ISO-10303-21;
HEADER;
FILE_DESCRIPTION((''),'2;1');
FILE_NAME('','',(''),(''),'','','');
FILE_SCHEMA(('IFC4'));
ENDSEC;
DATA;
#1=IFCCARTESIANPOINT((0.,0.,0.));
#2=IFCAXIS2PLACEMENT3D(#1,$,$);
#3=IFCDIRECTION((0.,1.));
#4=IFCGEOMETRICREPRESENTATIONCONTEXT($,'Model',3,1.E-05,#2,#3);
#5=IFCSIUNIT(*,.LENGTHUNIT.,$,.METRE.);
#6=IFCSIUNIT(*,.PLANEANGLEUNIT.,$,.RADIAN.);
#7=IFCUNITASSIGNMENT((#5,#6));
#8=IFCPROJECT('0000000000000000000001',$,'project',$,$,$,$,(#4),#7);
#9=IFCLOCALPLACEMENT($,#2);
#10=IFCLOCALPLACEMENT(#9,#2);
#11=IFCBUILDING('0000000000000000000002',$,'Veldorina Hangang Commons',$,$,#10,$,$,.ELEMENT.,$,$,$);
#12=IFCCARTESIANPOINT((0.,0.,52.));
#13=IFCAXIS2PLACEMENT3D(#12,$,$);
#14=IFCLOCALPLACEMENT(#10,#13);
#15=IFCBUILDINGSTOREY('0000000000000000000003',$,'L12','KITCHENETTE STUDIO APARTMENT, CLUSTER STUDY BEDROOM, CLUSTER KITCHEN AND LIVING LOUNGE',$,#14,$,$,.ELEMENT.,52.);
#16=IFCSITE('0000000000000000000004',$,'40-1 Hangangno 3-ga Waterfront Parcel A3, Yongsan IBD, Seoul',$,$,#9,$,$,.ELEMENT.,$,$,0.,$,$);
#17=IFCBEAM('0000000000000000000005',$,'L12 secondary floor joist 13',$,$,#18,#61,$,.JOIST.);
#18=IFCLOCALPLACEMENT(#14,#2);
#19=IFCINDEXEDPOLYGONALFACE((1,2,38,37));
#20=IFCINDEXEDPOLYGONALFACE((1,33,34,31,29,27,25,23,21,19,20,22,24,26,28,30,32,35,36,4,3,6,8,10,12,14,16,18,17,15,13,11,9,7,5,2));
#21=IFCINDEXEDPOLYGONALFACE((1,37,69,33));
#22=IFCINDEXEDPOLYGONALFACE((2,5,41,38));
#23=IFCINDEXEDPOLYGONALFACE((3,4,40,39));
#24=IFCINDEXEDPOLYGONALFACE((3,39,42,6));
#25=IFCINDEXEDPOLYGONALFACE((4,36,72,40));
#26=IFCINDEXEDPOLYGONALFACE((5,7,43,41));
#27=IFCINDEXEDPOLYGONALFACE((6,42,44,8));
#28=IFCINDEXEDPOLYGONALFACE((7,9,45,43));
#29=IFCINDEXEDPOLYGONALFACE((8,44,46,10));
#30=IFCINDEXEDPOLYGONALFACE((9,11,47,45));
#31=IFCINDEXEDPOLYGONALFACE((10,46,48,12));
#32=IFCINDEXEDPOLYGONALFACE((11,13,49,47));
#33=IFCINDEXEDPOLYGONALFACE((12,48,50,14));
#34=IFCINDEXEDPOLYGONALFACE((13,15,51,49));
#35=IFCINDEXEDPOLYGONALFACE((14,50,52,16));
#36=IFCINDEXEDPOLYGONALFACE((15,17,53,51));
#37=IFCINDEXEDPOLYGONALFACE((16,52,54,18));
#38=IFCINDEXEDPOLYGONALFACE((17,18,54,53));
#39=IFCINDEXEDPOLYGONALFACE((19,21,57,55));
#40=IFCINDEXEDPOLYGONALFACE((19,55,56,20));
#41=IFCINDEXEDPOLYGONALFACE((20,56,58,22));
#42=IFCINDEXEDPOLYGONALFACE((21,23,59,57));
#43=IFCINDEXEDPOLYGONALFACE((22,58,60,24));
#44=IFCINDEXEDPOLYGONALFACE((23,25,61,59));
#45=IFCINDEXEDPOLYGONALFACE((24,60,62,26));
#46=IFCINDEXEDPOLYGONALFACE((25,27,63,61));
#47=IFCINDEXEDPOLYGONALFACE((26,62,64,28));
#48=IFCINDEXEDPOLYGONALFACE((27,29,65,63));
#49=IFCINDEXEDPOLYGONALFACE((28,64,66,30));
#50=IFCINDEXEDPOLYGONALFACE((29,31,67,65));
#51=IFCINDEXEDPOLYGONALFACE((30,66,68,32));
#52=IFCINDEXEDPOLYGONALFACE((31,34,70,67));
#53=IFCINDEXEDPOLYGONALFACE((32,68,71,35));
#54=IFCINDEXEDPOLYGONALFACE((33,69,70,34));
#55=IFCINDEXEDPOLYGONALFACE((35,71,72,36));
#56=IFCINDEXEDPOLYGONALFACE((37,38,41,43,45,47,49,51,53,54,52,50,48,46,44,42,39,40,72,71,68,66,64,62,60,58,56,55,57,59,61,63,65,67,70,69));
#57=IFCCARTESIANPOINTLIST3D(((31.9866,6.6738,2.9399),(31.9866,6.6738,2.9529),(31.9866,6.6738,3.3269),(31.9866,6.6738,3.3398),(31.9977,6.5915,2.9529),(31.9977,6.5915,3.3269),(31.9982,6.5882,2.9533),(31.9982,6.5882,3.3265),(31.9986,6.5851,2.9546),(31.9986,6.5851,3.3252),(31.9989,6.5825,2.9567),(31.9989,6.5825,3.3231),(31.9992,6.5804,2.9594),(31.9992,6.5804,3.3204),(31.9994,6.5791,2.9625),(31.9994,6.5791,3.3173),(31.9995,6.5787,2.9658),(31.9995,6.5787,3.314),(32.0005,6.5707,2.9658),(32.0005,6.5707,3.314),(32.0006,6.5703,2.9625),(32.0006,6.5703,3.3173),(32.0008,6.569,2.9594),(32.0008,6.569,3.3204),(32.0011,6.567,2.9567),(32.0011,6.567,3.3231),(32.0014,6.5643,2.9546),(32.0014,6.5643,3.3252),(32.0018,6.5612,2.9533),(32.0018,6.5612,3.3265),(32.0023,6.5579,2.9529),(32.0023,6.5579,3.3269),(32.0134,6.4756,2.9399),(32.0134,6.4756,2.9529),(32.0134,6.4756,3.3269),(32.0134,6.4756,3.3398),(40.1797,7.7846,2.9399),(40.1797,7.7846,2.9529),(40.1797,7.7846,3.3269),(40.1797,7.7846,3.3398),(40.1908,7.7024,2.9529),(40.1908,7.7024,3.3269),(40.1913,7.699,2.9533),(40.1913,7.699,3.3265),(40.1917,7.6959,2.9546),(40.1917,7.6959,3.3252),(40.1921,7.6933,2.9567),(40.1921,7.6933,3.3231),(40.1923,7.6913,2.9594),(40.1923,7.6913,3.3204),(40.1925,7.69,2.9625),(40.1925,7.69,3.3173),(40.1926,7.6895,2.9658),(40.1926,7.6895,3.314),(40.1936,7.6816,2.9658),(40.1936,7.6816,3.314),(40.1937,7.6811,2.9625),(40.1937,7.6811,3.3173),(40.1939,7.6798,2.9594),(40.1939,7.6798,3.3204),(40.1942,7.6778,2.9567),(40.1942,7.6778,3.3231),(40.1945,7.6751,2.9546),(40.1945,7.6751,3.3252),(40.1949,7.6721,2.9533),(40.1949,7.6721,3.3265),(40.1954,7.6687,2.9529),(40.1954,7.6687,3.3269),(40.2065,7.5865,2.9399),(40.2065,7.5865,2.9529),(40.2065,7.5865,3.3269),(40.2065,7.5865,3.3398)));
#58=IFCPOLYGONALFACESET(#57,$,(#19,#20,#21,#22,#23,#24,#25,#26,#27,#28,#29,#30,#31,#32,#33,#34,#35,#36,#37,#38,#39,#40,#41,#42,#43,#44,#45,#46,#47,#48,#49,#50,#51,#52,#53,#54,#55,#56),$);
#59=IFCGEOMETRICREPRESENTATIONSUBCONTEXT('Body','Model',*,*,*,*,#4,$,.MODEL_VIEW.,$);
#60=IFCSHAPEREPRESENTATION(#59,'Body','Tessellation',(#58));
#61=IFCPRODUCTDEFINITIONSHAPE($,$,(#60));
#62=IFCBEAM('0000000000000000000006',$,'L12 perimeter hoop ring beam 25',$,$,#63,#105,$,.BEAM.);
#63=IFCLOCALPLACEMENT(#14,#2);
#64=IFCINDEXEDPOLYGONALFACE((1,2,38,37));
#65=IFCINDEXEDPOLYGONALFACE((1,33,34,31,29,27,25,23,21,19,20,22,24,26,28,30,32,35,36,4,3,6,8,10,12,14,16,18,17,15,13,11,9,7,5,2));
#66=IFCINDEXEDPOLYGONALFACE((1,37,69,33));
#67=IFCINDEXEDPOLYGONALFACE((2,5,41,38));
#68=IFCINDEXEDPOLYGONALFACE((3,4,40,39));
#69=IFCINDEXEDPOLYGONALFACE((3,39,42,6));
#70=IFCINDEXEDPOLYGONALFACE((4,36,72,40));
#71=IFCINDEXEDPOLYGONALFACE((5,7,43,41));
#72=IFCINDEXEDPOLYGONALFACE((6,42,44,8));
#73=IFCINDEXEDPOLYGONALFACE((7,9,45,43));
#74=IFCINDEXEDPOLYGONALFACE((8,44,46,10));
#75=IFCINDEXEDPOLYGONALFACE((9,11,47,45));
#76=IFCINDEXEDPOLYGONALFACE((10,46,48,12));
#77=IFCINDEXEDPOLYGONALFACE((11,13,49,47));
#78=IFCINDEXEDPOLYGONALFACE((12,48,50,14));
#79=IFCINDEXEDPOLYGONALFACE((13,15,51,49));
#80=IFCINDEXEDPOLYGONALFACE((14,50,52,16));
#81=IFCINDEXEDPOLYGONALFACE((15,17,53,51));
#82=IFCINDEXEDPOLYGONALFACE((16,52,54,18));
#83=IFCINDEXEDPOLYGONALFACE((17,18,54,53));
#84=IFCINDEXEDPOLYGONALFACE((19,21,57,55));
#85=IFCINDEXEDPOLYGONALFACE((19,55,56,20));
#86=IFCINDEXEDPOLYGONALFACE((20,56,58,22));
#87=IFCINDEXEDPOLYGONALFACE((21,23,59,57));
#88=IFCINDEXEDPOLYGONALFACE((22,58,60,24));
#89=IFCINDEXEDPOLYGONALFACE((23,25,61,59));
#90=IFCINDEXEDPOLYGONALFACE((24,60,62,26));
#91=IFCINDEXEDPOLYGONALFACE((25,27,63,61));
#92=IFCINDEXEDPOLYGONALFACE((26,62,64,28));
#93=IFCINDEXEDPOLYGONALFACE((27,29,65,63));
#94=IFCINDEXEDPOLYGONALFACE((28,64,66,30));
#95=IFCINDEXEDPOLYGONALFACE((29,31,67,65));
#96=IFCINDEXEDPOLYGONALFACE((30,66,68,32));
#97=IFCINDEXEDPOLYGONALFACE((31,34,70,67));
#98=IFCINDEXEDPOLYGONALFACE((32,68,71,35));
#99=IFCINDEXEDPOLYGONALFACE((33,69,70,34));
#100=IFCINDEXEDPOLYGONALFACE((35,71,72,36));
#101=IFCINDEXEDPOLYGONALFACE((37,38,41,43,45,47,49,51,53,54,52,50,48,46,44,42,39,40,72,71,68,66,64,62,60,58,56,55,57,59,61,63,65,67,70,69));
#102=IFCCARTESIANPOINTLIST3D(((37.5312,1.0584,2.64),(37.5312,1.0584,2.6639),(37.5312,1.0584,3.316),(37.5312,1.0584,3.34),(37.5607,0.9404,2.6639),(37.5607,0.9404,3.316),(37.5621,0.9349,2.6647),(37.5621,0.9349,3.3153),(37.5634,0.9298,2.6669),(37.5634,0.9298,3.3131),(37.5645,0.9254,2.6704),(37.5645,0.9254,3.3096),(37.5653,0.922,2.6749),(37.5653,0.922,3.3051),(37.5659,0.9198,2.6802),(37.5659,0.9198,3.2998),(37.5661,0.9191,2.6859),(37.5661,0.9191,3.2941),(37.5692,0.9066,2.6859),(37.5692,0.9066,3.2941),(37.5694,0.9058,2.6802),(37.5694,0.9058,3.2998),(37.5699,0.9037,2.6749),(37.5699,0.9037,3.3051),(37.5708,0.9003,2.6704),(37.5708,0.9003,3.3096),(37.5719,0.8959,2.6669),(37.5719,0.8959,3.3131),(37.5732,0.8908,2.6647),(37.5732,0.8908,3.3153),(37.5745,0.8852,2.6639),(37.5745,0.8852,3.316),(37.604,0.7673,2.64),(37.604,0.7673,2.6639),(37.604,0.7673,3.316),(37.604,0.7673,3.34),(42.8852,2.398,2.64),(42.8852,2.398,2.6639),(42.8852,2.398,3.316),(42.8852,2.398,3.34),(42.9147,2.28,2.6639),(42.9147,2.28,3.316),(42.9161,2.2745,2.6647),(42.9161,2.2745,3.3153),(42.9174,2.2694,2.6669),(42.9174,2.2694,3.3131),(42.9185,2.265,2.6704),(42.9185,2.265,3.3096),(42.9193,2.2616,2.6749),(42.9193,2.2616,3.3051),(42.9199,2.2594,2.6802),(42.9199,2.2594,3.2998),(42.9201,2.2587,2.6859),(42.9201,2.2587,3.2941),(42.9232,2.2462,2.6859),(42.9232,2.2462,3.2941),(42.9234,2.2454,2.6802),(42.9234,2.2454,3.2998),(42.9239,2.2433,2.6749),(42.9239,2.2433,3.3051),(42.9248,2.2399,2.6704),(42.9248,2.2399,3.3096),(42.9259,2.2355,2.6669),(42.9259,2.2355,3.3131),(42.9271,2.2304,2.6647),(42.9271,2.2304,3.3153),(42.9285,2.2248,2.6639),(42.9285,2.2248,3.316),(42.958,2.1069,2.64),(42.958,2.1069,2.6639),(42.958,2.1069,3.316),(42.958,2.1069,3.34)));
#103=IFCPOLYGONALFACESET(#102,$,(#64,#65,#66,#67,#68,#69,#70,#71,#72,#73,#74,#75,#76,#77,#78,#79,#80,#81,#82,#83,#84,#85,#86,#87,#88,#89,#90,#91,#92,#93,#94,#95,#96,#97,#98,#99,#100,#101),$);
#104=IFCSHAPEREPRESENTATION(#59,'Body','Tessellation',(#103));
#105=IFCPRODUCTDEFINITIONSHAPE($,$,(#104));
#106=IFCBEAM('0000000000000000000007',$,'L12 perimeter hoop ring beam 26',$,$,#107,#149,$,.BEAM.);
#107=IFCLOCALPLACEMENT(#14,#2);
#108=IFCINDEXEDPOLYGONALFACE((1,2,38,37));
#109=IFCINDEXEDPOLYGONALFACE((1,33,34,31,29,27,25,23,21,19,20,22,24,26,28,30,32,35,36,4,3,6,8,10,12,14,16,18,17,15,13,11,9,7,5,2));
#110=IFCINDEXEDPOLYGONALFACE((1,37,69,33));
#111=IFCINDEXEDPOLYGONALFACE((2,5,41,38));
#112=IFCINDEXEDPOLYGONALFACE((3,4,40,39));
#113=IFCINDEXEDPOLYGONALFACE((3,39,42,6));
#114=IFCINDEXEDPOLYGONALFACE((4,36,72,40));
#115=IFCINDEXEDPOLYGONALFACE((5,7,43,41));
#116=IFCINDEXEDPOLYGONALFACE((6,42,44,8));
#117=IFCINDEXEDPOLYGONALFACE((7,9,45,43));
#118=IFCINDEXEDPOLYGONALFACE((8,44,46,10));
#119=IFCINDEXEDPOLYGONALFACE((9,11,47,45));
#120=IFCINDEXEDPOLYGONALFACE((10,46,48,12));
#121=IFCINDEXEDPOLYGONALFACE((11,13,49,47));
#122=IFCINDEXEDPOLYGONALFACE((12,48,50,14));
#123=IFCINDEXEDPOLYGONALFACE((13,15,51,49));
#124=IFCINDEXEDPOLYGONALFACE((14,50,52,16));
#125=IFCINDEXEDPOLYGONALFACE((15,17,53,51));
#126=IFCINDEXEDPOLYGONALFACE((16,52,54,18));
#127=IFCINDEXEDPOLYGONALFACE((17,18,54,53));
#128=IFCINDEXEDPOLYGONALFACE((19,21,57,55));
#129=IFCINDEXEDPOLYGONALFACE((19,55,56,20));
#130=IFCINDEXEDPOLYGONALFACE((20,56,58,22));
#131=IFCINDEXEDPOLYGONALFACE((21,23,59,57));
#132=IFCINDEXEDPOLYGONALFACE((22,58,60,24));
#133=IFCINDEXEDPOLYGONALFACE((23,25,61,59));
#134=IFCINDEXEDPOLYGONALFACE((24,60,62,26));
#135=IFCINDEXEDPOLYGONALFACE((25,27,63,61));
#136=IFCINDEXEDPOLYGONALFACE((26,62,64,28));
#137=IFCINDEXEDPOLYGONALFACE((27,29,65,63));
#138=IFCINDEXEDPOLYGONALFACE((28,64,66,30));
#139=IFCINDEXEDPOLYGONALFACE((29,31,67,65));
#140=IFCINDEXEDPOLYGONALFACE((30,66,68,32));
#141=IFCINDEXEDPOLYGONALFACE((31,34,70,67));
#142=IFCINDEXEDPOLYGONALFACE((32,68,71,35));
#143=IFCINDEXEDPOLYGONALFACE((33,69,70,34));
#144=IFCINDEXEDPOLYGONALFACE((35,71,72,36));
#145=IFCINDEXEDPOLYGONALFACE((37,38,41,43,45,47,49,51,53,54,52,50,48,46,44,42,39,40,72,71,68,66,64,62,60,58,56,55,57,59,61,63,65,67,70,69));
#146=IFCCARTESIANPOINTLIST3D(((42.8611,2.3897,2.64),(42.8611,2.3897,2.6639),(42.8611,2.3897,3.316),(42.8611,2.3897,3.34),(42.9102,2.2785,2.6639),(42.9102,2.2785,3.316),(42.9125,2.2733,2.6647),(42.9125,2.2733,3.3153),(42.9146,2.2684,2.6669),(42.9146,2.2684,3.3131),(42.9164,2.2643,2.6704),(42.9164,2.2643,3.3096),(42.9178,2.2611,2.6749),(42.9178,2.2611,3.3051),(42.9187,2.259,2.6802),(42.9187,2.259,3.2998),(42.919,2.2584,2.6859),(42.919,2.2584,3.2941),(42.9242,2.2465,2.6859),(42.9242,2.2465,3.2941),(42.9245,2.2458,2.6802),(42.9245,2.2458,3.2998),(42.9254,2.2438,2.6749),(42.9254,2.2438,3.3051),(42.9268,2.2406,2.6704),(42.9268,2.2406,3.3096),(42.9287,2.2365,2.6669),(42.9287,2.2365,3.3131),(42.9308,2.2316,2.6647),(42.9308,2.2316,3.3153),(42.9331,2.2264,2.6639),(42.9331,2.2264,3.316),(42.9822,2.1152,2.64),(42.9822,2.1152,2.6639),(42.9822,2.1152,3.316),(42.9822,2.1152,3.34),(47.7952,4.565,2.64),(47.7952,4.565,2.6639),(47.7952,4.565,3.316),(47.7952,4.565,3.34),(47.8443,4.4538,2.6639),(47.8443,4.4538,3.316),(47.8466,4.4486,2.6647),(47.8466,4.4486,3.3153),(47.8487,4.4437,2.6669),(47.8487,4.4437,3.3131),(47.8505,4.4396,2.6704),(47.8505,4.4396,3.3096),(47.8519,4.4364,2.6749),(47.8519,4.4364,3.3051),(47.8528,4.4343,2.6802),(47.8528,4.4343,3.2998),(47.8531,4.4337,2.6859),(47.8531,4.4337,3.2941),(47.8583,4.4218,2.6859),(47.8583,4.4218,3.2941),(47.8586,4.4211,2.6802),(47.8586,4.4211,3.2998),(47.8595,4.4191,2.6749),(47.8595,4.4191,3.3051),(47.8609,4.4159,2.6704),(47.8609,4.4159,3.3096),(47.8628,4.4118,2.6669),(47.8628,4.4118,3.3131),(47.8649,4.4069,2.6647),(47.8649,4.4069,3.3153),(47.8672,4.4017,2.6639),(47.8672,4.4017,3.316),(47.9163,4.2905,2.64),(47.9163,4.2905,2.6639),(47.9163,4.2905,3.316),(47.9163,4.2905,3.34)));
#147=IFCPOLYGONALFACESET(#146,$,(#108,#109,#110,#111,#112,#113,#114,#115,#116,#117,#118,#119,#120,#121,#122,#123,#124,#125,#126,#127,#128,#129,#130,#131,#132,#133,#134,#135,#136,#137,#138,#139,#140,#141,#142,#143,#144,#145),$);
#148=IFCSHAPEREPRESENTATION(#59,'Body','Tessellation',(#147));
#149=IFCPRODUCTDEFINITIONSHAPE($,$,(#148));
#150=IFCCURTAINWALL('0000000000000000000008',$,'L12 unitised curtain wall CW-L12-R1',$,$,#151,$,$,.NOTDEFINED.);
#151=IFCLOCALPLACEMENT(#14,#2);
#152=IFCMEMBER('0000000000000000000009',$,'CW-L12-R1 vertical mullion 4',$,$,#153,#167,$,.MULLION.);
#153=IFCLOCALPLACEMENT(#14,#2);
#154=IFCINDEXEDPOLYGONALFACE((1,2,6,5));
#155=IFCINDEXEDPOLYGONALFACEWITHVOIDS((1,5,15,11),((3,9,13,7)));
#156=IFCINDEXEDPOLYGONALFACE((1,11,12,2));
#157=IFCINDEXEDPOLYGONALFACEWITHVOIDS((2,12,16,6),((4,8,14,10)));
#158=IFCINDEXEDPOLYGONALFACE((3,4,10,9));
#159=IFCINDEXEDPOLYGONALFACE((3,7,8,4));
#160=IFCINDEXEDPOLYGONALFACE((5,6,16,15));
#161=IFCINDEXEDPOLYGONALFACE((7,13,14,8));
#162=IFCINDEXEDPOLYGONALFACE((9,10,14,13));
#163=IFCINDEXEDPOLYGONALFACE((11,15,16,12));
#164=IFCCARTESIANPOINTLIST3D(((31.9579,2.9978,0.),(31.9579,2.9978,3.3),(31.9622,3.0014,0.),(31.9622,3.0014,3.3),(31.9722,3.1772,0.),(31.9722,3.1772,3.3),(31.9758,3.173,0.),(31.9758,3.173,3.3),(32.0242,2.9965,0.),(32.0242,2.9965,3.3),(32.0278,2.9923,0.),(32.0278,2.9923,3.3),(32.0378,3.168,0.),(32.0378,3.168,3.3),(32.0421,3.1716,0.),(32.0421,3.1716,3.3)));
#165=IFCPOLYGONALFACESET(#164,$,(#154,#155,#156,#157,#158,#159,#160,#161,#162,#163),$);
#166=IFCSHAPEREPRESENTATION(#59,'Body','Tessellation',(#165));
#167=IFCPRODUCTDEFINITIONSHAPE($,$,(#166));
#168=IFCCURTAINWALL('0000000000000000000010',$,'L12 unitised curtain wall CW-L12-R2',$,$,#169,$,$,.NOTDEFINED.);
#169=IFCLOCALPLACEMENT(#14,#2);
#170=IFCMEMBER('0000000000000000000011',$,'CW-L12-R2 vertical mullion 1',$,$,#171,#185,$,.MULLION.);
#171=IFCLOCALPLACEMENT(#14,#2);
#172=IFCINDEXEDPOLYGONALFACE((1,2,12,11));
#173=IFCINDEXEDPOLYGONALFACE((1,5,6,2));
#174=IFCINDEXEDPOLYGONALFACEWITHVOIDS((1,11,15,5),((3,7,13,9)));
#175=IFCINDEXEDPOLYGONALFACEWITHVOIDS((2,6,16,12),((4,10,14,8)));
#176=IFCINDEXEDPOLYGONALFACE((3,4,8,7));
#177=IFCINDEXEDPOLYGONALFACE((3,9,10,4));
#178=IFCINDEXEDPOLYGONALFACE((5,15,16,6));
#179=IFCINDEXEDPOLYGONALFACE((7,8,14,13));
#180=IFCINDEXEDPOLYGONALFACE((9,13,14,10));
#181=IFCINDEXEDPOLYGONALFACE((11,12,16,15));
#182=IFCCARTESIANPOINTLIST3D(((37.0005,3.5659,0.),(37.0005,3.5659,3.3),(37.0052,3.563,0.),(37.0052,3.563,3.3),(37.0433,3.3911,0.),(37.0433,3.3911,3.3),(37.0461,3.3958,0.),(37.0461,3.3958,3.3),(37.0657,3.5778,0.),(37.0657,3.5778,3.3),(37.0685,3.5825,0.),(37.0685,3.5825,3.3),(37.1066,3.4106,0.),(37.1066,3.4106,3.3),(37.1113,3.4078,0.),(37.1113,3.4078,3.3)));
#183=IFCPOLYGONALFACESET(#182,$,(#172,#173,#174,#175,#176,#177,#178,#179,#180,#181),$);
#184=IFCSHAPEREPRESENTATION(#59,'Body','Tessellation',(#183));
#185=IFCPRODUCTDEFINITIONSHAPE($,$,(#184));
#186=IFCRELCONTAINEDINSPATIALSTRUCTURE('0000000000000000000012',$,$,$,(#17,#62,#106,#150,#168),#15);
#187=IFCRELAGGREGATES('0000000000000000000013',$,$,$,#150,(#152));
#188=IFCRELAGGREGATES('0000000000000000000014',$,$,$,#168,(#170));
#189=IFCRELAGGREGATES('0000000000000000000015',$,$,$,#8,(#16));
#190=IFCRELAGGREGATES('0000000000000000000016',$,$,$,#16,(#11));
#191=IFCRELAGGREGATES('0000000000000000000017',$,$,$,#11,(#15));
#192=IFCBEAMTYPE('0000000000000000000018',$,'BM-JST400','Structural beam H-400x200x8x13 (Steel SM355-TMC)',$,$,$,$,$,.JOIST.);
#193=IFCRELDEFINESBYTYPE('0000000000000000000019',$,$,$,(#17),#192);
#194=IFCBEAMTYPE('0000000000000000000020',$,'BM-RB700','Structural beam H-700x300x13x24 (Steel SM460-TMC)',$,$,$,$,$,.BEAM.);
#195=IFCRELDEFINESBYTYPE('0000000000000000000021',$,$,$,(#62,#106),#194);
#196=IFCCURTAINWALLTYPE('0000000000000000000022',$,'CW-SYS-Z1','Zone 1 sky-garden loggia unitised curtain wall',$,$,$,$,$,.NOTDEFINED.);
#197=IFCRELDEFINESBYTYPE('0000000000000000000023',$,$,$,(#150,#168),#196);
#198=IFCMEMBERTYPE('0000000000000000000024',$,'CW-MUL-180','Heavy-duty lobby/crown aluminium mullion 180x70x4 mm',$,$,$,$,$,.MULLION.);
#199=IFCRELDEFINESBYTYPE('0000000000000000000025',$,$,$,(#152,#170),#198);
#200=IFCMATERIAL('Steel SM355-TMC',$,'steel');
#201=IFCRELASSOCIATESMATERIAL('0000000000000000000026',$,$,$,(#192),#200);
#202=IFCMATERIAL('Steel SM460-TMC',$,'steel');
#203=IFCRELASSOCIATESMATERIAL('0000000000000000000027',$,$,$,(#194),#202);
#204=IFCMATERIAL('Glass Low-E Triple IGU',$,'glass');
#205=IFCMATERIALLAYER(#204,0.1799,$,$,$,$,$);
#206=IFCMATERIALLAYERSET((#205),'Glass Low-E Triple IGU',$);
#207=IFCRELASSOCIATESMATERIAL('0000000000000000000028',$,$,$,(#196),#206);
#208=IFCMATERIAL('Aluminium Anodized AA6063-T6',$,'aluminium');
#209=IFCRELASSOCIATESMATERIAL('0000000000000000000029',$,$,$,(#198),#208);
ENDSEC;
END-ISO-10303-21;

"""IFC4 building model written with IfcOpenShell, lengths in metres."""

from ifc_helpers import new_model, si_unit, direction, frame, origin, origin_2d, place, context, subcontext, project, spatial, hollow_rectangle, i_section, extrude, material, layer, layer_set, material_profile, profile_set, type_object, element, aggregate, save


model = new_model("IFC4")

# Units and contexts
model_context = context("Model", 3, precision=1e-05, world=origin(), true_north=direction((0.0, 1.0)))
body_context = subcontext(model_context, "Body", "Model", "MODEL_VIEW")
ifc_project = project(units=[si_unit("LENGTHUNIT", "METRE"), si_unit("PLANEANGLEUNIT", "RADIAN")], contexts=[model_context])

# Site, building, storey
site_placement = place(None, origin())
site = spatial("IfcSite", under=ifc_project, at=site_placement, Name="40-1 Hangangno 3-ga Waterfront Parcel A3, Yongsan IBD, Seoul", CompositionType="ELEMENT", RefElevation=0.0)
building_placement = place(site_placement, origin())
building = spatial("IfcBuilding", under=site, at=building_placement, Name="Veldorina Hangang Commons", CompositionType="ELEMENT")
storey_placement = place(building_placement, frame((0.0, 0.0, 52.0)))
storey = spatial("IfcBuildingStorey", under=building, at=storey_placement, Name="L12", Description="KITCHENETTE STUDIO APARTMENT, CLUSTER STUDY BEDROOM, CLUSTER KITCHEN AND LIVING LOUNGE", CompositionType="ELEMENT", Elevation=52.0)

# Beams
ifc_material_1 = material(Name="Steel SM355-TMC", Category="steel")
ifc_material_profile_1 = material_profile(ifc_material_1, i_section(OverallWidth=0.2, OverallDepth=0.3999, WebThickness=0.0081, FlangeThickness=0.0129, FilletRadius=0.0129, at=origin_2d()), Name="H-400x200x8x13")
ifc_profile_set_1 = profile_set([ifc_material_profile_1], Name="Steel SM355-TMC")
beam_type_1 = type_object("IfcBeamType", Name="BM-JST400", Description="Structural beam H-400x200x8x13 (Steel SM355-TMC)", PredefinedType="JOIST", material=ifc_profile_set_1)
beam_1_placement = place(storey_placement, frame((32.0, 6.5747, 3.1399), z_axis=(0.990934, 0.134353, 0.0), x_axis=(-0.134353, 0.990934, 0.0)))
element("IfcBeam", 1, at=beam_1_placement, inside=storey, type_object=beam_type_1, Name="L12 secondary floor joist 13", PredefinedType="JOIST", context=body_context, shape_type="SweptSolid", body=[
    extrude(i_section(OverallWidth=0.2, OverallDepth=0.3999, WebThickness=0.0081, FlangeThickness=0.0129, FilletRadius=0.0129, at=origin_2d()), origin(), (0.0, 0.0, 1.0), 8.2681),
])
ifc_material_2 = material(Name="Steel SM460-TMC", Category="steel")
ifc_material_profile_2 = material_profile(ifc_material_2, i_section(OverallWidth=0.3, OverallDepth=0.7, WebThickness=0.0129, FlangeThickness=0.0239, FilletRadius=0.022, at=origin_2d()), Name="H-700x300x13x24")
ifc_profile_set_2 = profile_set([ifc_material_profile_2], Name="Steel SM460-TMC")
beam_type_2 = type_object("IfcBeamType", Name="BM-RB700", Description="Structural beam H-700x300x13x24 (Steel SM460-TMC)", PredefinedType="BEAM", material=ifc_profile_set_2)
beam_2_placement = place(storey_placement, frame((37.5676, 0.9128, 2.99), z_axis=(0.970096, 0.242723, 0.0), x_axis=(-0.242723, 0.970096, 0.0)))
element("IfcBeam", 2, at=beam_2_placement, inside=storey, type_object=beam_type_2, Name="L12 perimeter hoop ring beam 25", PredefinedType="BEAM", context=body_context, shape_type="SweptSolid", body=[
    extrude(i_section(OverallWidth=0.3, OverallDepth=0.7, WebThickness=0.0129, FlangeThickness=0.0239, FilletRadius=0.022, at=origin_2d()), origin(), (0.0, 0.0, 1.0), 5.519),
])
beam_3_placement = place(storey_placement, frame((42.9216, 2.2524, 2.99), z_axis=(0.915021, 0.403406, 0.0), x_axis=(-0.403406, 0.915021, 0.0)))
element("IfcBeam", 3, at=beam_3_placement, inside=storey, type_object=beam_type_2, Name="L12 perimeter hoop ring beam 26", PredefinedType="BEAM", context=body_context, shape_type="SweptSolid", body=[
    extrude(i_section(OverallWidth=0.3, OverallDepth=0.7, WebThickness=0.0129, FlangeThickness=0.0239, FilletRadius=0.022, at=origin_2d()), origin(), (0.0, 0.0, 1.0), 5.3923),
])

# Curtain wall, member
ifc_material_3 = material(Name="Glass Low-E Triple IGU", Category="glass")
ifc_layer_1 = layer(ifc_material_3, 0.1799)
ifc_layer_set_1 = layer_set([ifc_layer_1], Name="Glass Low-E Triple IGU")
curtain_wall_type = type_object("IfcCurtainWallType", Name="CW-SYS-Z1", Description="Zone 1 sky-garden loggia unitised curtain wall", PredefinedType="NOTDEFINED", material=ifc_layer_set_1)
curtain_wall_1_placement = place(storey_placement, origin())
curtain_wall_1 = element("IfcCurtainWall", 4, at=curtain_wall_1_placement, inside=storey, type_object=curtain_wall_type, Name="L12 unitised curtain wall CW-L12-R1", PredefinedType="NOTDEFINED")
ifc_material_4 = material(Name="Aluminium Anodized AA6063-T6", Category="aluminium")
ifc_material_profile_3 = material_profile(ifc_material_4, hollow_rectangle(XDim=0.0701, YDim=0.1799, WallThickness=0.0039, at=origin_2d()), Name="ALU-RHS-180x70x4")
ifc_profile_set_3 = profile_set([ifc_material_profile_3], Name="Aluminium Anodized AA6063-T6")
member_type_1 = type_object("IfcMemberType", Name="CW-MUL-180", Description="Heavy-duty lobby/crown aluminium mullion 180x70x4 mm", PredefinedType="MULLION", material=ifc_profile_set_3)
member_1_placement = place(storey_placement, frame((32.0, 3.0847, 0.0), z_axis=(0.0, 0.0, 1.0), x_axis=(-0.996855, 0.079242, 0.0)))
member_1 = element("IfcMember", 5, at=member_1_placement, type_object=member_type_1, Name="CW-L12-R1 vertical mullion 4", PredefinedType="MULLION", context=body_context, shape_type="SweptSolid", body=[
    extrude(hollow_rectangle(XDim=0.0701, YDim=0.1799, WallThickness=0.0039, at=origin_2d()), origin(), (0.0, 0.0, 1.0), 3.3),
])
aggregate(curtain_wall_1, [member_1])

# Curtain wall, member
curtain_wall_2_placement = place(storey_placement, origin())
curtain_wall_2 = element("IfcCurtainWall", 6, at=curtain_wall_2_placement, inside=storey, type_object=curtain_wall_type, Name="L12 unitised curtain wall CW-L12-R2", PredefinedType="NOTDEFINED")
member_2_placement = place(storey_placement, frame((37.0559, 3.4868, 0.0), z_axis=(0.0, 0.0, 1.0), x_axis=(0.971313, 0.237805, 0.0)))
member_2 = element("IfcMember", 7, at=member_2_placement, type_object=member_type_1, Name="CW-L12-R2 vertical mullion 1", PredefinedType="MULLION", context=body_context, shape_type="SweptSolid", body=[
    extrude(hollow_rectangle(XDim=0.0701, YDim=0.1799, WallThickness=0.0039, at=origin_2d()), origin(), (0.0, 0.0, 1.0), 3.3),
])

aggregate(curtain_wall_2, [member_2])

save(model, "model.ifc")
